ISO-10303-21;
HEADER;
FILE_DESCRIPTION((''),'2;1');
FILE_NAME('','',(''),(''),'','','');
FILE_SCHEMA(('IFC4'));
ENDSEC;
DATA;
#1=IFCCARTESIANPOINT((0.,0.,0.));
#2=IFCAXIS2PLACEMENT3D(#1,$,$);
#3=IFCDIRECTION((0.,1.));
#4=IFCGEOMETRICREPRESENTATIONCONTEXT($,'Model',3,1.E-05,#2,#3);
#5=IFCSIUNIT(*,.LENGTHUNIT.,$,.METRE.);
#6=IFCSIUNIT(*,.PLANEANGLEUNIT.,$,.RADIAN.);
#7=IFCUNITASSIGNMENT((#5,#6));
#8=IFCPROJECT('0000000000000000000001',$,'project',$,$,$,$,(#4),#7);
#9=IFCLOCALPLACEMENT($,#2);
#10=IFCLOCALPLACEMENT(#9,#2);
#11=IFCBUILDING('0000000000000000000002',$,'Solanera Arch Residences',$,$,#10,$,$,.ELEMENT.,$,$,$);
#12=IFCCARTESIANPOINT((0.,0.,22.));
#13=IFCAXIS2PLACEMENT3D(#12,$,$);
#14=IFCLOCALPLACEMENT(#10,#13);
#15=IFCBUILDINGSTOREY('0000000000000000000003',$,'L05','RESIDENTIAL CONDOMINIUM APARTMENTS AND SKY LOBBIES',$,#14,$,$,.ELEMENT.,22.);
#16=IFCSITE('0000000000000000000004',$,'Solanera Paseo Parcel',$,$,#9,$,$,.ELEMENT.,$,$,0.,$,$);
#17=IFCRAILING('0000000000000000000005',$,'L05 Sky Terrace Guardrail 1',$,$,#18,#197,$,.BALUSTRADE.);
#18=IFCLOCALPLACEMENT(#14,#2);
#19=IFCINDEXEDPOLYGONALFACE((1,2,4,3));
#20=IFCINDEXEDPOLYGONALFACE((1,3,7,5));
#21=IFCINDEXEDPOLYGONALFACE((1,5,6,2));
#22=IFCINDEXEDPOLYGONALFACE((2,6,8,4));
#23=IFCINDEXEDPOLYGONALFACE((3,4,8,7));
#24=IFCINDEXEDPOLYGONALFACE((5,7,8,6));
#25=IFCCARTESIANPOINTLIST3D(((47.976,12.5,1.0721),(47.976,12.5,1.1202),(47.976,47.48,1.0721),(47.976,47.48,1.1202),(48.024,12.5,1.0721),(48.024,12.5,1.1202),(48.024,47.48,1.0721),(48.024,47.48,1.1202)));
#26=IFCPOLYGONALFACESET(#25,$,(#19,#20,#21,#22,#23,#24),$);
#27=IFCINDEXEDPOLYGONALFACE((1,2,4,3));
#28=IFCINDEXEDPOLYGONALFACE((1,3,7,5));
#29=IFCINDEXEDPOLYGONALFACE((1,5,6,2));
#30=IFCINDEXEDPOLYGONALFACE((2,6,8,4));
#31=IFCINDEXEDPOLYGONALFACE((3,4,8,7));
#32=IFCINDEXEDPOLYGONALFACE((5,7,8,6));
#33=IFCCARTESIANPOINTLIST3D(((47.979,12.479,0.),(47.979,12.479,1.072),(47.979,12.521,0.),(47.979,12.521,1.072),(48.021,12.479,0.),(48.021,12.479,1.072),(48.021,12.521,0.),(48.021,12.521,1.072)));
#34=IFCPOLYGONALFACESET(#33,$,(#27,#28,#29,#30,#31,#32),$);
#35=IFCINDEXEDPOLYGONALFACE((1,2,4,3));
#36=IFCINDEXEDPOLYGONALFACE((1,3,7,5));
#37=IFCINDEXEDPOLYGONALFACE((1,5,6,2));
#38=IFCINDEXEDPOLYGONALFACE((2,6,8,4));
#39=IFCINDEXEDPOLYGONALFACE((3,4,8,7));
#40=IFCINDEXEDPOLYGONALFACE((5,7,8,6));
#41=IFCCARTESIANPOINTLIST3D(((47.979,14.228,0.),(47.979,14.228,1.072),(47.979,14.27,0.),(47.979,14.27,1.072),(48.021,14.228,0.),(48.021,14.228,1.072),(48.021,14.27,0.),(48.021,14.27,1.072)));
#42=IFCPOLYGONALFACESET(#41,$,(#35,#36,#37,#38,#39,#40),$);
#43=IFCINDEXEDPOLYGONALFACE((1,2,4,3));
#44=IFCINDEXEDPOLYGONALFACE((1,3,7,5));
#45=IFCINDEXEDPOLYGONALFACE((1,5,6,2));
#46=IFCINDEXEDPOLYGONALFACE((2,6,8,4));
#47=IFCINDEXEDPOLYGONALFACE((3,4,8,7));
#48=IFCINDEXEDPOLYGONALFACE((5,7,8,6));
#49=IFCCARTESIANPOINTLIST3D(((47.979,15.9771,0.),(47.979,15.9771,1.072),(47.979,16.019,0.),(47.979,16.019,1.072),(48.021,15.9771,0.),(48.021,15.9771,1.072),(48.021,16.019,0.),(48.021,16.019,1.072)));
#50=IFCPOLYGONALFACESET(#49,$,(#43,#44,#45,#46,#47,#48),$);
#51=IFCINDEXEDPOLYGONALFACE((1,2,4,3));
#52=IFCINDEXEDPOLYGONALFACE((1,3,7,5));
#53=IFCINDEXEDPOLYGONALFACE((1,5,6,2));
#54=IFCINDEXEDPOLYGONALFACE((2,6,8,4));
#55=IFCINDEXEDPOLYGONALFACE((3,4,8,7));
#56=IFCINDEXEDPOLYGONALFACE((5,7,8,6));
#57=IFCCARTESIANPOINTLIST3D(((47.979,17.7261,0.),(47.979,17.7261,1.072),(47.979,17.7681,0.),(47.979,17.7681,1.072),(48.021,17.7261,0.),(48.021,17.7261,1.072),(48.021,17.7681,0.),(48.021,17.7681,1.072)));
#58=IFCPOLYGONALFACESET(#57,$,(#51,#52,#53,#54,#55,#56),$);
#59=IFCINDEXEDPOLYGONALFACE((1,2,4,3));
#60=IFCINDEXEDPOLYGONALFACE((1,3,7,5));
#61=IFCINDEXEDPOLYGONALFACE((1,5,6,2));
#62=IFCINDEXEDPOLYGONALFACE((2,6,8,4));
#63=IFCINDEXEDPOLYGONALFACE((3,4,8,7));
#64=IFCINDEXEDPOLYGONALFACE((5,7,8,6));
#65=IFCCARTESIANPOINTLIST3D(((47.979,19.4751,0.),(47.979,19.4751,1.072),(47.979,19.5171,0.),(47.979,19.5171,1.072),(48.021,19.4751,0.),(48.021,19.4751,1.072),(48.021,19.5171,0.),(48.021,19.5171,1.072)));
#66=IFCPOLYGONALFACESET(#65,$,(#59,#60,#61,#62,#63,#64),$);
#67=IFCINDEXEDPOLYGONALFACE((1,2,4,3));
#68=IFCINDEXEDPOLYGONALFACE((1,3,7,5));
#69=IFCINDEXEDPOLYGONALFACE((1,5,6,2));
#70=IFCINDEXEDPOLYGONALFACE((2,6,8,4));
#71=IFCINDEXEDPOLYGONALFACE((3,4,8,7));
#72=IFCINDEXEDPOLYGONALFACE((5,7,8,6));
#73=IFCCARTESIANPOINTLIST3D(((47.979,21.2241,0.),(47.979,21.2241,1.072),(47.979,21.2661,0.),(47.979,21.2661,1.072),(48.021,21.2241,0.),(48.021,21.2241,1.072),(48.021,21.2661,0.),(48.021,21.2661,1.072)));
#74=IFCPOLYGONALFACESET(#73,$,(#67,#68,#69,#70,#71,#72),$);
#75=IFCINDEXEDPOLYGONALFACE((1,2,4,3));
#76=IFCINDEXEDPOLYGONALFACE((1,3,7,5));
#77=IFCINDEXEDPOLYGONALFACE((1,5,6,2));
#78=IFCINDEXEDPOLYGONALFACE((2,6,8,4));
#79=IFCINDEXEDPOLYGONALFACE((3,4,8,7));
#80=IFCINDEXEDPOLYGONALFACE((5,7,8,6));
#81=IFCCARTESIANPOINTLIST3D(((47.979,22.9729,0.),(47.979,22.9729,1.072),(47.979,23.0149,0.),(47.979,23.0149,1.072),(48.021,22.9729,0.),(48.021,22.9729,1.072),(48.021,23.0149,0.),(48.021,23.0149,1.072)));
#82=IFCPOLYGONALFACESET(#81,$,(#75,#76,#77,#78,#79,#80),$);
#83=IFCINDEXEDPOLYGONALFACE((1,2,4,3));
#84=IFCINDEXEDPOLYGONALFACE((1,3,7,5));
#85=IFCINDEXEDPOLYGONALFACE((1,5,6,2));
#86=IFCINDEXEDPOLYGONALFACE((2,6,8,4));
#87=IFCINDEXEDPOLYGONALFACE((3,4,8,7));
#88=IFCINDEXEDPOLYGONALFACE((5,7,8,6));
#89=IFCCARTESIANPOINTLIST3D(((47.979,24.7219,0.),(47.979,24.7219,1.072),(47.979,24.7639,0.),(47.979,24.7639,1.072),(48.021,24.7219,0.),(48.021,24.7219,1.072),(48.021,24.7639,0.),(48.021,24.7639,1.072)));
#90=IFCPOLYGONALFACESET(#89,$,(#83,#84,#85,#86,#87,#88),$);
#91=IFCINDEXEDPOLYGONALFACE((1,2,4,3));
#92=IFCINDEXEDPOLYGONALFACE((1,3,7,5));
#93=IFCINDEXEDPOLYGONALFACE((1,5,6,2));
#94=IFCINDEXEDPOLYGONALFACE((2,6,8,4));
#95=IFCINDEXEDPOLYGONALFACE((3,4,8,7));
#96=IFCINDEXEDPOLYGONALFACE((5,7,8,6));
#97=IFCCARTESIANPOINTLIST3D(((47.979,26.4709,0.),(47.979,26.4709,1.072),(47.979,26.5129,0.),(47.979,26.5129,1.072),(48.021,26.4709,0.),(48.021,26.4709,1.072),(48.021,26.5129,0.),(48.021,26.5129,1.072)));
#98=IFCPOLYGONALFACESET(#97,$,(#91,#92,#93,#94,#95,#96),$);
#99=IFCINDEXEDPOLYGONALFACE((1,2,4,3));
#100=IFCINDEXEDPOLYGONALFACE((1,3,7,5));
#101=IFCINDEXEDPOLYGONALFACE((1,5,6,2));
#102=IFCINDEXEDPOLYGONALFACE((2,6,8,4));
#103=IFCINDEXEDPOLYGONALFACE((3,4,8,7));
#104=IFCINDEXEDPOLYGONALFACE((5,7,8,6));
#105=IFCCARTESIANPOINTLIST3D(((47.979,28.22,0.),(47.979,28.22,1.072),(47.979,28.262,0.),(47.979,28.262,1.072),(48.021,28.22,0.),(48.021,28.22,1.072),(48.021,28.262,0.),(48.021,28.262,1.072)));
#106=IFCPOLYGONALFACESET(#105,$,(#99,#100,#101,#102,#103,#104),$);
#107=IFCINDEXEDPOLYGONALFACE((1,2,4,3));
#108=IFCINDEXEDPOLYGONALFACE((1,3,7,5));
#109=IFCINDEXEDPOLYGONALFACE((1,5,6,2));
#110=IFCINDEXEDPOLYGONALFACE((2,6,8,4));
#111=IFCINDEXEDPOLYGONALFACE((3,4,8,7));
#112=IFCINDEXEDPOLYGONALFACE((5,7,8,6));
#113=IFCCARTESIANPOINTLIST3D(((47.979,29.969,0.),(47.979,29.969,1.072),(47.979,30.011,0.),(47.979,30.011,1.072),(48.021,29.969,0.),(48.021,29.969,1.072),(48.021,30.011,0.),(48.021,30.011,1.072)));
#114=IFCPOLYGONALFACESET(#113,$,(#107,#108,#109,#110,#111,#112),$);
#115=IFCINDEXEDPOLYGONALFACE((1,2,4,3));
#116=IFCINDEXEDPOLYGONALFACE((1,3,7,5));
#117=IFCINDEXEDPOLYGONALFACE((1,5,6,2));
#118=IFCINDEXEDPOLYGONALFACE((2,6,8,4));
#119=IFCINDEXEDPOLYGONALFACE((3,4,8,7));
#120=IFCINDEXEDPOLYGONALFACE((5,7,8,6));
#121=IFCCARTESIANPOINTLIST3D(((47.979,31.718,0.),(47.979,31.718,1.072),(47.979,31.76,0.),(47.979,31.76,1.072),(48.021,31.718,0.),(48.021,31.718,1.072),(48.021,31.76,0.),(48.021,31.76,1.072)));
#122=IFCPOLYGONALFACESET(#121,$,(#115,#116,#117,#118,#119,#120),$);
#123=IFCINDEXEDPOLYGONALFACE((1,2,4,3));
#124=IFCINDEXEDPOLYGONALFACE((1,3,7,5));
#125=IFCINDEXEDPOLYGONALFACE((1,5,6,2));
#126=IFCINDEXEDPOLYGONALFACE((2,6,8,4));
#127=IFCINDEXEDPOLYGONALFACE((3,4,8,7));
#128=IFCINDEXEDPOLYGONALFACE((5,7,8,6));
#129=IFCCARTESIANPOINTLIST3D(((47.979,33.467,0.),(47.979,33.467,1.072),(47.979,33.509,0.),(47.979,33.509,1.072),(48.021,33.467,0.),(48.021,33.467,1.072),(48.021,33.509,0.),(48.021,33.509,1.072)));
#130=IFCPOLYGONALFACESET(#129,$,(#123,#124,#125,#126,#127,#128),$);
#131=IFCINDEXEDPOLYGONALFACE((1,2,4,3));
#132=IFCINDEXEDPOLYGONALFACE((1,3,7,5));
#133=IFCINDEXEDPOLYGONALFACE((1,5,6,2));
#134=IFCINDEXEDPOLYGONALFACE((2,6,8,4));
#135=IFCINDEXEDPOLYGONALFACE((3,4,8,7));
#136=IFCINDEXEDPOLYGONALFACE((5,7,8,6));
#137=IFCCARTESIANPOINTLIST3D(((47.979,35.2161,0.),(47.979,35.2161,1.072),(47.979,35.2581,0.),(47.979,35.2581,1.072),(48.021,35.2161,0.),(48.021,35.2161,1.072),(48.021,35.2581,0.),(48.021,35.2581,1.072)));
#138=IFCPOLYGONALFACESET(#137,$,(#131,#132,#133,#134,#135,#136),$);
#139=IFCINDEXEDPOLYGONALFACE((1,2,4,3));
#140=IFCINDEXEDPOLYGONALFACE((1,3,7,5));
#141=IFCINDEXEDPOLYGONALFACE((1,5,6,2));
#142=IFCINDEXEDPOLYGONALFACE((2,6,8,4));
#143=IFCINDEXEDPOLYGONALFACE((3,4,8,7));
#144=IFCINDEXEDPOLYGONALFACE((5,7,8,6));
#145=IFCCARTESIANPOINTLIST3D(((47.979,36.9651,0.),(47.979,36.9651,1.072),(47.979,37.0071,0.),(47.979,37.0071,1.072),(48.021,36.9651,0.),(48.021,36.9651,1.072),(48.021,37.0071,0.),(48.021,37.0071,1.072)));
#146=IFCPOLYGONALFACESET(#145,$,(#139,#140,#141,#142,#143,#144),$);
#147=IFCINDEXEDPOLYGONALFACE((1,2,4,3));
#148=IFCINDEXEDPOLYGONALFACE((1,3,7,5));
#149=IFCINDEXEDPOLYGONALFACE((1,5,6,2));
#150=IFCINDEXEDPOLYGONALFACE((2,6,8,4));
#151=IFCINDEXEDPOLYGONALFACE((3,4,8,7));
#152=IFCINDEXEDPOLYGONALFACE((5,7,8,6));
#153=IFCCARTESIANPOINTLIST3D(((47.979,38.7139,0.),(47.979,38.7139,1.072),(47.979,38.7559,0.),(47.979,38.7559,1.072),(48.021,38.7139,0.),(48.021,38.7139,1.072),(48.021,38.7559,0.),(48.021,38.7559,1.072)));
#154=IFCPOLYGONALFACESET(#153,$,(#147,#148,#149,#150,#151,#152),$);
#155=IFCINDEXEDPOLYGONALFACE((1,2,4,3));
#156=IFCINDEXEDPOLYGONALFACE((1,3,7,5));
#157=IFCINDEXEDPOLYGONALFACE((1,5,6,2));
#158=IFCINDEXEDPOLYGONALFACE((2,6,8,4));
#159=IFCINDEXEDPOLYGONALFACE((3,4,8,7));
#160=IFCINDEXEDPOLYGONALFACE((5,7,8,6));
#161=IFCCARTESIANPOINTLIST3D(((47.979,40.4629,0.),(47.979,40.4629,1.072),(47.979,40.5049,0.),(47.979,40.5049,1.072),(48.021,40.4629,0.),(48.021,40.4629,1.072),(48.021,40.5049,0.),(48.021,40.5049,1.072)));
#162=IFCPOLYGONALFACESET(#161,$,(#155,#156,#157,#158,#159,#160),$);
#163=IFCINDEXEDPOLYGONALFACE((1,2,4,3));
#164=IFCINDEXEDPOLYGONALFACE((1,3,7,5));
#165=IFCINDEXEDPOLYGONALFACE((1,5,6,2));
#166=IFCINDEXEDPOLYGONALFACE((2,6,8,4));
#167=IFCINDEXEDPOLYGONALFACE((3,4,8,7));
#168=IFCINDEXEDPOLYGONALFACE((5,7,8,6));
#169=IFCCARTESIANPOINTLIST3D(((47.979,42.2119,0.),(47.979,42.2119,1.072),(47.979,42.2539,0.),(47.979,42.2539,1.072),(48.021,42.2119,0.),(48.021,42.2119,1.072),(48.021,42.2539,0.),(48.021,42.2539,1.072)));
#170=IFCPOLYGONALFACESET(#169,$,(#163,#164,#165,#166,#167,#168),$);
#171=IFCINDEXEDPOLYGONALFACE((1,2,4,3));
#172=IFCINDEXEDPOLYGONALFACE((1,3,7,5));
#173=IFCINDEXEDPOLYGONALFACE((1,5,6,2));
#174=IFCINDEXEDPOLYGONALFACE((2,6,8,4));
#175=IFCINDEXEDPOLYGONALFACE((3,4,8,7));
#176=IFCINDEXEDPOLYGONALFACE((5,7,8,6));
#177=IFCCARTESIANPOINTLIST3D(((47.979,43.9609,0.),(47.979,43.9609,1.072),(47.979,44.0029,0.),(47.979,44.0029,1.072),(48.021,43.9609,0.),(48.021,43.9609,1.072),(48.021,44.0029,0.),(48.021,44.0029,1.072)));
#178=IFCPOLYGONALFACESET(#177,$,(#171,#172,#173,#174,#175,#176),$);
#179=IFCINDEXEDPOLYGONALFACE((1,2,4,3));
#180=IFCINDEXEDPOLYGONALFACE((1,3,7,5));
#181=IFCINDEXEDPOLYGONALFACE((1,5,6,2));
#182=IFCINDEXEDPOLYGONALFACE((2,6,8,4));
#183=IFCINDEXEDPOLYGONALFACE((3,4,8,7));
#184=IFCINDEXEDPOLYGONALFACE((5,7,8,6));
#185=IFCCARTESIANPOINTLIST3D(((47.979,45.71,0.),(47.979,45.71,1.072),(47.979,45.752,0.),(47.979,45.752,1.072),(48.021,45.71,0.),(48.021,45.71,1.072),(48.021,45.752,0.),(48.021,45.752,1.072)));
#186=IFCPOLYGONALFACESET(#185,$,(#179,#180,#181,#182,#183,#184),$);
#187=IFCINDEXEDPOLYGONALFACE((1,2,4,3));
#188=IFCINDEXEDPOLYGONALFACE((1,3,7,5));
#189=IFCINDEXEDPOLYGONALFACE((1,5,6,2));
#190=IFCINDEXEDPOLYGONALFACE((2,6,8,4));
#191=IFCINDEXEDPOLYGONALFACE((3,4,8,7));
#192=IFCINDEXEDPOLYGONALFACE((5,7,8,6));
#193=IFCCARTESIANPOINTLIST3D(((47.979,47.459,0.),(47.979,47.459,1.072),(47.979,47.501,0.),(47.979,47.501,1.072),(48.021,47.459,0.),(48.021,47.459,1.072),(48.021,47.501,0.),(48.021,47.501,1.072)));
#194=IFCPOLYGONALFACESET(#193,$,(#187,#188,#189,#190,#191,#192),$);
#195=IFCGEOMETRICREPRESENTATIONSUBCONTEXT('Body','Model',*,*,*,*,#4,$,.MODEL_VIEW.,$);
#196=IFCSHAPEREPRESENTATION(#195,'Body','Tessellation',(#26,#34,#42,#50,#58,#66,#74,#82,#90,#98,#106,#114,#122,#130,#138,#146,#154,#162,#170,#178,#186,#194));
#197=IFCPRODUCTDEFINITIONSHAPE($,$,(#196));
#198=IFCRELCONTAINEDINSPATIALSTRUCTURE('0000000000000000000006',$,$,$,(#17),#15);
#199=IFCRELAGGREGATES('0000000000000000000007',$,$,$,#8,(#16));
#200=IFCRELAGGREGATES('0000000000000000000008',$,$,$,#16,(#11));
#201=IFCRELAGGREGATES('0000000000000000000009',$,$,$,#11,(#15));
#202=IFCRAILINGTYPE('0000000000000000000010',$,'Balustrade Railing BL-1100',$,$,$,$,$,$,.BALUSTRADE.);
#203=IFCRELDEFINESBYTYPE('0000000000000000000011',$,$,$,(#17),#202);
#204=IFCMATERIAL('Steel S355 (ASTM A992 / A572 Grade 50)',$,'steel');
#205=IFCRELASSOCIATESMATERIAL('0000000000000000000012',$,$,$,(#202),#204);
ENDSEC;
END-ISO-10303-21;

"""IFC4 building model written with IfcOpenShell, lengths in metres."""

from ifc_helpers import new_model, si_unit, direction, frame, origin, origin_2d, place, context, subcontext, project, spatial, rectangle, extrude, material, type_object, element, save


model = new_model("IFC4")

# Units and contexts
model_context = context("Model", 3, precision=1e-05, world=origin(), true_north=direction((0.0, 1.0)))
body_context = subcontext(model_context, "Body", "Model", "MODEL_VIEW")
ifc_project = project(units=[si_unit("LENGTHUNIT", "METRE"), si_unit("PLANEANGLEUNIT", "RADIAN")], contexts=[model_context])

# Site, building, storey
site_placement = place(None, origin())
site = spatial("IfcSite", under=ifc_project, at=site_placement, Name="Solanera Paseo Parcel", CompositionType="ELEMENT", RefElevation=0.0)
building_placement = place(site_placement, origin())
building = spatial("IfcBuilding", under=site, at=building_placement, Name="Solanera Arch Residences", CompositionType="ELEMENT")
storey_placement = place(building_placement, frame((0.0, 0.0, 22.0)))
storey = spatial("IfcBuildingStorey", under=building, at=storey_placement, Name="L05", Description="RESIDENTIAL CONDOMINIUM APARTMENTS AND SKY LOBBIES", CompositionType="ELEMENT", Elevation=22.0)

# Railing
ifc_material_1 = material(Name="Steel S355 (ASTM A992 / A572 Grade 50)", Category="steel")
railing_type = type_object("IfcRailingType", Name="Balustrade Railing BL-1100", PredefinedType="BALUSTRADE", material=ifc_material_1)
railing_1_placement = place(storey_placement, frame((48.0, 12.5, 0.0)))
element("IfcRailing", 1, at=railing_1_placement, inside=storey, type_object=railing_type, Name="L05 Sky Terrace Guardrail 1", PredefinedType="BALUSTRADE", context=body_context, shape_type="SweptSolid", body=[
    extrude(rectangle(XDim=0.0481, YDim=0.0481, at=origin_2d()), frame((0.0, 0.0, 1.0962), z_axis=(0.0, 1.0, 0.0), x_axis=(-1.0, 0.0, 0.0)), (0.0, 0.0, 1.0), 34.98),
    extrude(rectangle(XDim=0.042, YDim=0.042, at=origin_2d()), origin(), (0.0, 0.0, 1.0), 1.072),
    extrude(rectangle(XDim=0.042, YDim=0.042, at=origin_2d()), frame((0.0, 1.749, 0.0)), (0.0, 0.0, 1.0), 1.072),
    extrude(rectangle(XDim=0.042, YDim=0.042, at=origin_2d()), frame((0.0, 3.498, 0.0)), (0.0, 0.0, 1.0), 1.072),
    extrude(rectangle(XDim=0.042, YDim=0.042, at=origin_2d()), frame((0.0, 5.2471, 0.0)), (0.0, 0.0, 1.0), 1.072),
    extrude(rectangle(XDim=0.042, YDim=0.042, at=origin_2d()), frame((0.0, 6.9961, 0.0)), (0.0, 0.0, 1.0), 1.072),
    extrude(rectangle(XDim=0.042, YDim=0.042, at=origin_2d()), frame((0.0, 8.7451, 0.0)), (0.0, 0.0, 1.0), 1.072),
    extrude(rectangle(XDim=0.042, YDim=0.042, at=origin_2d()), frame((0.0, 10.4939, 0.0)), (0.0, 0.0, 1.0), 1.072),
    extrude(rectangle(XDim=0.042, YDim=0.042, at=origin_2d()), frame((0.0, 12.2429, 0.0)), (0.0, 0.0, 1.0), 1.072),
    extrude(rectangle(XDim=0.042, YDim=0.042, at=origin_2d()), frame((0.0, 13.9919, 0.0)), (0.0, 0.0, 1.0), 1.072),
    extrude(rectangle(XDim=0.042, YDim=0.042, at=origin_2d()), frame((0.0, 15.741, 0.0)), (0.0, 0.0, 1.0), 1.072),
    extrude(rectangle(XDim=0.042, YDim=0.042, at=origin_2d()), frame((0.0, 17.49, 0.0)), (0.0, 0.0, 1.0), 1.072),
    extrude(rectangle(XDim=0.042, YDim=0.042, at=origin_2d()), frame((0.0, 19.239, 0.0)), (0.0, 0.0, 1.0), 1.072),
    extrude(rectangle(XDim=0.042, YDim=0.042, at=origin_2d()), frame((0.0, 20.988, 0.0)), (0.0, 0.0, 1.0), 1.072),
    extrude(rectangle(XDim=0.042, YDim=0.042, at=origin_2d()), frame((0.0, 22.7371, 0.0)), (0.0, 0.0, 1.0), 1.072),
    extrude(rectangle(XDim=0.042, YDim=0.042, at=origin_2d()), frame((0.0, 24.4861, 0.0)), (0.0, 0.0, 1.0), 1.072),
    extrude(rectangle(XDim=0.042, YDim=0.042, at=origin_2d()), frame((0.0, 26.2349, 0.0)), (0.0, 0.0, 1.0), 1.072),
    extrude(rectangle(XDim=0.042, YDim=0.042, at=origin_2d()), frame((0.0, 27.9839, 0.0)), (0.0, 0.0, 1.0), 1.072),
    extrude(rectangle(XDim=0.042, YDim=0.042, at=origin_2d()), frame((0.0, 29.7329, 0.0)), (0.0, 0.0, 1.0), 1.072),
    extrude(rectangle(XDim=0.042, YDim=0.042, at=origin_2d()), frame((0.0, 31.4819, 0.0)), (0.0, 0.0, 1.0), 1.072),
    extrude(rectangle(XDim=0.042, YDim=0.042, at=origin_2d()), frame((0.0, 33.231, 0.0)), (0.0, 0.0, 1.0), 1.072),
    extrude(rectangle(XDim=0.042, YDim=0.042, at=origin_2d()), frame((0.0, 34.98, 0.0)), (0.0, 0.0, 1.0), 1.072),
])

save(model, "model.ifc")
